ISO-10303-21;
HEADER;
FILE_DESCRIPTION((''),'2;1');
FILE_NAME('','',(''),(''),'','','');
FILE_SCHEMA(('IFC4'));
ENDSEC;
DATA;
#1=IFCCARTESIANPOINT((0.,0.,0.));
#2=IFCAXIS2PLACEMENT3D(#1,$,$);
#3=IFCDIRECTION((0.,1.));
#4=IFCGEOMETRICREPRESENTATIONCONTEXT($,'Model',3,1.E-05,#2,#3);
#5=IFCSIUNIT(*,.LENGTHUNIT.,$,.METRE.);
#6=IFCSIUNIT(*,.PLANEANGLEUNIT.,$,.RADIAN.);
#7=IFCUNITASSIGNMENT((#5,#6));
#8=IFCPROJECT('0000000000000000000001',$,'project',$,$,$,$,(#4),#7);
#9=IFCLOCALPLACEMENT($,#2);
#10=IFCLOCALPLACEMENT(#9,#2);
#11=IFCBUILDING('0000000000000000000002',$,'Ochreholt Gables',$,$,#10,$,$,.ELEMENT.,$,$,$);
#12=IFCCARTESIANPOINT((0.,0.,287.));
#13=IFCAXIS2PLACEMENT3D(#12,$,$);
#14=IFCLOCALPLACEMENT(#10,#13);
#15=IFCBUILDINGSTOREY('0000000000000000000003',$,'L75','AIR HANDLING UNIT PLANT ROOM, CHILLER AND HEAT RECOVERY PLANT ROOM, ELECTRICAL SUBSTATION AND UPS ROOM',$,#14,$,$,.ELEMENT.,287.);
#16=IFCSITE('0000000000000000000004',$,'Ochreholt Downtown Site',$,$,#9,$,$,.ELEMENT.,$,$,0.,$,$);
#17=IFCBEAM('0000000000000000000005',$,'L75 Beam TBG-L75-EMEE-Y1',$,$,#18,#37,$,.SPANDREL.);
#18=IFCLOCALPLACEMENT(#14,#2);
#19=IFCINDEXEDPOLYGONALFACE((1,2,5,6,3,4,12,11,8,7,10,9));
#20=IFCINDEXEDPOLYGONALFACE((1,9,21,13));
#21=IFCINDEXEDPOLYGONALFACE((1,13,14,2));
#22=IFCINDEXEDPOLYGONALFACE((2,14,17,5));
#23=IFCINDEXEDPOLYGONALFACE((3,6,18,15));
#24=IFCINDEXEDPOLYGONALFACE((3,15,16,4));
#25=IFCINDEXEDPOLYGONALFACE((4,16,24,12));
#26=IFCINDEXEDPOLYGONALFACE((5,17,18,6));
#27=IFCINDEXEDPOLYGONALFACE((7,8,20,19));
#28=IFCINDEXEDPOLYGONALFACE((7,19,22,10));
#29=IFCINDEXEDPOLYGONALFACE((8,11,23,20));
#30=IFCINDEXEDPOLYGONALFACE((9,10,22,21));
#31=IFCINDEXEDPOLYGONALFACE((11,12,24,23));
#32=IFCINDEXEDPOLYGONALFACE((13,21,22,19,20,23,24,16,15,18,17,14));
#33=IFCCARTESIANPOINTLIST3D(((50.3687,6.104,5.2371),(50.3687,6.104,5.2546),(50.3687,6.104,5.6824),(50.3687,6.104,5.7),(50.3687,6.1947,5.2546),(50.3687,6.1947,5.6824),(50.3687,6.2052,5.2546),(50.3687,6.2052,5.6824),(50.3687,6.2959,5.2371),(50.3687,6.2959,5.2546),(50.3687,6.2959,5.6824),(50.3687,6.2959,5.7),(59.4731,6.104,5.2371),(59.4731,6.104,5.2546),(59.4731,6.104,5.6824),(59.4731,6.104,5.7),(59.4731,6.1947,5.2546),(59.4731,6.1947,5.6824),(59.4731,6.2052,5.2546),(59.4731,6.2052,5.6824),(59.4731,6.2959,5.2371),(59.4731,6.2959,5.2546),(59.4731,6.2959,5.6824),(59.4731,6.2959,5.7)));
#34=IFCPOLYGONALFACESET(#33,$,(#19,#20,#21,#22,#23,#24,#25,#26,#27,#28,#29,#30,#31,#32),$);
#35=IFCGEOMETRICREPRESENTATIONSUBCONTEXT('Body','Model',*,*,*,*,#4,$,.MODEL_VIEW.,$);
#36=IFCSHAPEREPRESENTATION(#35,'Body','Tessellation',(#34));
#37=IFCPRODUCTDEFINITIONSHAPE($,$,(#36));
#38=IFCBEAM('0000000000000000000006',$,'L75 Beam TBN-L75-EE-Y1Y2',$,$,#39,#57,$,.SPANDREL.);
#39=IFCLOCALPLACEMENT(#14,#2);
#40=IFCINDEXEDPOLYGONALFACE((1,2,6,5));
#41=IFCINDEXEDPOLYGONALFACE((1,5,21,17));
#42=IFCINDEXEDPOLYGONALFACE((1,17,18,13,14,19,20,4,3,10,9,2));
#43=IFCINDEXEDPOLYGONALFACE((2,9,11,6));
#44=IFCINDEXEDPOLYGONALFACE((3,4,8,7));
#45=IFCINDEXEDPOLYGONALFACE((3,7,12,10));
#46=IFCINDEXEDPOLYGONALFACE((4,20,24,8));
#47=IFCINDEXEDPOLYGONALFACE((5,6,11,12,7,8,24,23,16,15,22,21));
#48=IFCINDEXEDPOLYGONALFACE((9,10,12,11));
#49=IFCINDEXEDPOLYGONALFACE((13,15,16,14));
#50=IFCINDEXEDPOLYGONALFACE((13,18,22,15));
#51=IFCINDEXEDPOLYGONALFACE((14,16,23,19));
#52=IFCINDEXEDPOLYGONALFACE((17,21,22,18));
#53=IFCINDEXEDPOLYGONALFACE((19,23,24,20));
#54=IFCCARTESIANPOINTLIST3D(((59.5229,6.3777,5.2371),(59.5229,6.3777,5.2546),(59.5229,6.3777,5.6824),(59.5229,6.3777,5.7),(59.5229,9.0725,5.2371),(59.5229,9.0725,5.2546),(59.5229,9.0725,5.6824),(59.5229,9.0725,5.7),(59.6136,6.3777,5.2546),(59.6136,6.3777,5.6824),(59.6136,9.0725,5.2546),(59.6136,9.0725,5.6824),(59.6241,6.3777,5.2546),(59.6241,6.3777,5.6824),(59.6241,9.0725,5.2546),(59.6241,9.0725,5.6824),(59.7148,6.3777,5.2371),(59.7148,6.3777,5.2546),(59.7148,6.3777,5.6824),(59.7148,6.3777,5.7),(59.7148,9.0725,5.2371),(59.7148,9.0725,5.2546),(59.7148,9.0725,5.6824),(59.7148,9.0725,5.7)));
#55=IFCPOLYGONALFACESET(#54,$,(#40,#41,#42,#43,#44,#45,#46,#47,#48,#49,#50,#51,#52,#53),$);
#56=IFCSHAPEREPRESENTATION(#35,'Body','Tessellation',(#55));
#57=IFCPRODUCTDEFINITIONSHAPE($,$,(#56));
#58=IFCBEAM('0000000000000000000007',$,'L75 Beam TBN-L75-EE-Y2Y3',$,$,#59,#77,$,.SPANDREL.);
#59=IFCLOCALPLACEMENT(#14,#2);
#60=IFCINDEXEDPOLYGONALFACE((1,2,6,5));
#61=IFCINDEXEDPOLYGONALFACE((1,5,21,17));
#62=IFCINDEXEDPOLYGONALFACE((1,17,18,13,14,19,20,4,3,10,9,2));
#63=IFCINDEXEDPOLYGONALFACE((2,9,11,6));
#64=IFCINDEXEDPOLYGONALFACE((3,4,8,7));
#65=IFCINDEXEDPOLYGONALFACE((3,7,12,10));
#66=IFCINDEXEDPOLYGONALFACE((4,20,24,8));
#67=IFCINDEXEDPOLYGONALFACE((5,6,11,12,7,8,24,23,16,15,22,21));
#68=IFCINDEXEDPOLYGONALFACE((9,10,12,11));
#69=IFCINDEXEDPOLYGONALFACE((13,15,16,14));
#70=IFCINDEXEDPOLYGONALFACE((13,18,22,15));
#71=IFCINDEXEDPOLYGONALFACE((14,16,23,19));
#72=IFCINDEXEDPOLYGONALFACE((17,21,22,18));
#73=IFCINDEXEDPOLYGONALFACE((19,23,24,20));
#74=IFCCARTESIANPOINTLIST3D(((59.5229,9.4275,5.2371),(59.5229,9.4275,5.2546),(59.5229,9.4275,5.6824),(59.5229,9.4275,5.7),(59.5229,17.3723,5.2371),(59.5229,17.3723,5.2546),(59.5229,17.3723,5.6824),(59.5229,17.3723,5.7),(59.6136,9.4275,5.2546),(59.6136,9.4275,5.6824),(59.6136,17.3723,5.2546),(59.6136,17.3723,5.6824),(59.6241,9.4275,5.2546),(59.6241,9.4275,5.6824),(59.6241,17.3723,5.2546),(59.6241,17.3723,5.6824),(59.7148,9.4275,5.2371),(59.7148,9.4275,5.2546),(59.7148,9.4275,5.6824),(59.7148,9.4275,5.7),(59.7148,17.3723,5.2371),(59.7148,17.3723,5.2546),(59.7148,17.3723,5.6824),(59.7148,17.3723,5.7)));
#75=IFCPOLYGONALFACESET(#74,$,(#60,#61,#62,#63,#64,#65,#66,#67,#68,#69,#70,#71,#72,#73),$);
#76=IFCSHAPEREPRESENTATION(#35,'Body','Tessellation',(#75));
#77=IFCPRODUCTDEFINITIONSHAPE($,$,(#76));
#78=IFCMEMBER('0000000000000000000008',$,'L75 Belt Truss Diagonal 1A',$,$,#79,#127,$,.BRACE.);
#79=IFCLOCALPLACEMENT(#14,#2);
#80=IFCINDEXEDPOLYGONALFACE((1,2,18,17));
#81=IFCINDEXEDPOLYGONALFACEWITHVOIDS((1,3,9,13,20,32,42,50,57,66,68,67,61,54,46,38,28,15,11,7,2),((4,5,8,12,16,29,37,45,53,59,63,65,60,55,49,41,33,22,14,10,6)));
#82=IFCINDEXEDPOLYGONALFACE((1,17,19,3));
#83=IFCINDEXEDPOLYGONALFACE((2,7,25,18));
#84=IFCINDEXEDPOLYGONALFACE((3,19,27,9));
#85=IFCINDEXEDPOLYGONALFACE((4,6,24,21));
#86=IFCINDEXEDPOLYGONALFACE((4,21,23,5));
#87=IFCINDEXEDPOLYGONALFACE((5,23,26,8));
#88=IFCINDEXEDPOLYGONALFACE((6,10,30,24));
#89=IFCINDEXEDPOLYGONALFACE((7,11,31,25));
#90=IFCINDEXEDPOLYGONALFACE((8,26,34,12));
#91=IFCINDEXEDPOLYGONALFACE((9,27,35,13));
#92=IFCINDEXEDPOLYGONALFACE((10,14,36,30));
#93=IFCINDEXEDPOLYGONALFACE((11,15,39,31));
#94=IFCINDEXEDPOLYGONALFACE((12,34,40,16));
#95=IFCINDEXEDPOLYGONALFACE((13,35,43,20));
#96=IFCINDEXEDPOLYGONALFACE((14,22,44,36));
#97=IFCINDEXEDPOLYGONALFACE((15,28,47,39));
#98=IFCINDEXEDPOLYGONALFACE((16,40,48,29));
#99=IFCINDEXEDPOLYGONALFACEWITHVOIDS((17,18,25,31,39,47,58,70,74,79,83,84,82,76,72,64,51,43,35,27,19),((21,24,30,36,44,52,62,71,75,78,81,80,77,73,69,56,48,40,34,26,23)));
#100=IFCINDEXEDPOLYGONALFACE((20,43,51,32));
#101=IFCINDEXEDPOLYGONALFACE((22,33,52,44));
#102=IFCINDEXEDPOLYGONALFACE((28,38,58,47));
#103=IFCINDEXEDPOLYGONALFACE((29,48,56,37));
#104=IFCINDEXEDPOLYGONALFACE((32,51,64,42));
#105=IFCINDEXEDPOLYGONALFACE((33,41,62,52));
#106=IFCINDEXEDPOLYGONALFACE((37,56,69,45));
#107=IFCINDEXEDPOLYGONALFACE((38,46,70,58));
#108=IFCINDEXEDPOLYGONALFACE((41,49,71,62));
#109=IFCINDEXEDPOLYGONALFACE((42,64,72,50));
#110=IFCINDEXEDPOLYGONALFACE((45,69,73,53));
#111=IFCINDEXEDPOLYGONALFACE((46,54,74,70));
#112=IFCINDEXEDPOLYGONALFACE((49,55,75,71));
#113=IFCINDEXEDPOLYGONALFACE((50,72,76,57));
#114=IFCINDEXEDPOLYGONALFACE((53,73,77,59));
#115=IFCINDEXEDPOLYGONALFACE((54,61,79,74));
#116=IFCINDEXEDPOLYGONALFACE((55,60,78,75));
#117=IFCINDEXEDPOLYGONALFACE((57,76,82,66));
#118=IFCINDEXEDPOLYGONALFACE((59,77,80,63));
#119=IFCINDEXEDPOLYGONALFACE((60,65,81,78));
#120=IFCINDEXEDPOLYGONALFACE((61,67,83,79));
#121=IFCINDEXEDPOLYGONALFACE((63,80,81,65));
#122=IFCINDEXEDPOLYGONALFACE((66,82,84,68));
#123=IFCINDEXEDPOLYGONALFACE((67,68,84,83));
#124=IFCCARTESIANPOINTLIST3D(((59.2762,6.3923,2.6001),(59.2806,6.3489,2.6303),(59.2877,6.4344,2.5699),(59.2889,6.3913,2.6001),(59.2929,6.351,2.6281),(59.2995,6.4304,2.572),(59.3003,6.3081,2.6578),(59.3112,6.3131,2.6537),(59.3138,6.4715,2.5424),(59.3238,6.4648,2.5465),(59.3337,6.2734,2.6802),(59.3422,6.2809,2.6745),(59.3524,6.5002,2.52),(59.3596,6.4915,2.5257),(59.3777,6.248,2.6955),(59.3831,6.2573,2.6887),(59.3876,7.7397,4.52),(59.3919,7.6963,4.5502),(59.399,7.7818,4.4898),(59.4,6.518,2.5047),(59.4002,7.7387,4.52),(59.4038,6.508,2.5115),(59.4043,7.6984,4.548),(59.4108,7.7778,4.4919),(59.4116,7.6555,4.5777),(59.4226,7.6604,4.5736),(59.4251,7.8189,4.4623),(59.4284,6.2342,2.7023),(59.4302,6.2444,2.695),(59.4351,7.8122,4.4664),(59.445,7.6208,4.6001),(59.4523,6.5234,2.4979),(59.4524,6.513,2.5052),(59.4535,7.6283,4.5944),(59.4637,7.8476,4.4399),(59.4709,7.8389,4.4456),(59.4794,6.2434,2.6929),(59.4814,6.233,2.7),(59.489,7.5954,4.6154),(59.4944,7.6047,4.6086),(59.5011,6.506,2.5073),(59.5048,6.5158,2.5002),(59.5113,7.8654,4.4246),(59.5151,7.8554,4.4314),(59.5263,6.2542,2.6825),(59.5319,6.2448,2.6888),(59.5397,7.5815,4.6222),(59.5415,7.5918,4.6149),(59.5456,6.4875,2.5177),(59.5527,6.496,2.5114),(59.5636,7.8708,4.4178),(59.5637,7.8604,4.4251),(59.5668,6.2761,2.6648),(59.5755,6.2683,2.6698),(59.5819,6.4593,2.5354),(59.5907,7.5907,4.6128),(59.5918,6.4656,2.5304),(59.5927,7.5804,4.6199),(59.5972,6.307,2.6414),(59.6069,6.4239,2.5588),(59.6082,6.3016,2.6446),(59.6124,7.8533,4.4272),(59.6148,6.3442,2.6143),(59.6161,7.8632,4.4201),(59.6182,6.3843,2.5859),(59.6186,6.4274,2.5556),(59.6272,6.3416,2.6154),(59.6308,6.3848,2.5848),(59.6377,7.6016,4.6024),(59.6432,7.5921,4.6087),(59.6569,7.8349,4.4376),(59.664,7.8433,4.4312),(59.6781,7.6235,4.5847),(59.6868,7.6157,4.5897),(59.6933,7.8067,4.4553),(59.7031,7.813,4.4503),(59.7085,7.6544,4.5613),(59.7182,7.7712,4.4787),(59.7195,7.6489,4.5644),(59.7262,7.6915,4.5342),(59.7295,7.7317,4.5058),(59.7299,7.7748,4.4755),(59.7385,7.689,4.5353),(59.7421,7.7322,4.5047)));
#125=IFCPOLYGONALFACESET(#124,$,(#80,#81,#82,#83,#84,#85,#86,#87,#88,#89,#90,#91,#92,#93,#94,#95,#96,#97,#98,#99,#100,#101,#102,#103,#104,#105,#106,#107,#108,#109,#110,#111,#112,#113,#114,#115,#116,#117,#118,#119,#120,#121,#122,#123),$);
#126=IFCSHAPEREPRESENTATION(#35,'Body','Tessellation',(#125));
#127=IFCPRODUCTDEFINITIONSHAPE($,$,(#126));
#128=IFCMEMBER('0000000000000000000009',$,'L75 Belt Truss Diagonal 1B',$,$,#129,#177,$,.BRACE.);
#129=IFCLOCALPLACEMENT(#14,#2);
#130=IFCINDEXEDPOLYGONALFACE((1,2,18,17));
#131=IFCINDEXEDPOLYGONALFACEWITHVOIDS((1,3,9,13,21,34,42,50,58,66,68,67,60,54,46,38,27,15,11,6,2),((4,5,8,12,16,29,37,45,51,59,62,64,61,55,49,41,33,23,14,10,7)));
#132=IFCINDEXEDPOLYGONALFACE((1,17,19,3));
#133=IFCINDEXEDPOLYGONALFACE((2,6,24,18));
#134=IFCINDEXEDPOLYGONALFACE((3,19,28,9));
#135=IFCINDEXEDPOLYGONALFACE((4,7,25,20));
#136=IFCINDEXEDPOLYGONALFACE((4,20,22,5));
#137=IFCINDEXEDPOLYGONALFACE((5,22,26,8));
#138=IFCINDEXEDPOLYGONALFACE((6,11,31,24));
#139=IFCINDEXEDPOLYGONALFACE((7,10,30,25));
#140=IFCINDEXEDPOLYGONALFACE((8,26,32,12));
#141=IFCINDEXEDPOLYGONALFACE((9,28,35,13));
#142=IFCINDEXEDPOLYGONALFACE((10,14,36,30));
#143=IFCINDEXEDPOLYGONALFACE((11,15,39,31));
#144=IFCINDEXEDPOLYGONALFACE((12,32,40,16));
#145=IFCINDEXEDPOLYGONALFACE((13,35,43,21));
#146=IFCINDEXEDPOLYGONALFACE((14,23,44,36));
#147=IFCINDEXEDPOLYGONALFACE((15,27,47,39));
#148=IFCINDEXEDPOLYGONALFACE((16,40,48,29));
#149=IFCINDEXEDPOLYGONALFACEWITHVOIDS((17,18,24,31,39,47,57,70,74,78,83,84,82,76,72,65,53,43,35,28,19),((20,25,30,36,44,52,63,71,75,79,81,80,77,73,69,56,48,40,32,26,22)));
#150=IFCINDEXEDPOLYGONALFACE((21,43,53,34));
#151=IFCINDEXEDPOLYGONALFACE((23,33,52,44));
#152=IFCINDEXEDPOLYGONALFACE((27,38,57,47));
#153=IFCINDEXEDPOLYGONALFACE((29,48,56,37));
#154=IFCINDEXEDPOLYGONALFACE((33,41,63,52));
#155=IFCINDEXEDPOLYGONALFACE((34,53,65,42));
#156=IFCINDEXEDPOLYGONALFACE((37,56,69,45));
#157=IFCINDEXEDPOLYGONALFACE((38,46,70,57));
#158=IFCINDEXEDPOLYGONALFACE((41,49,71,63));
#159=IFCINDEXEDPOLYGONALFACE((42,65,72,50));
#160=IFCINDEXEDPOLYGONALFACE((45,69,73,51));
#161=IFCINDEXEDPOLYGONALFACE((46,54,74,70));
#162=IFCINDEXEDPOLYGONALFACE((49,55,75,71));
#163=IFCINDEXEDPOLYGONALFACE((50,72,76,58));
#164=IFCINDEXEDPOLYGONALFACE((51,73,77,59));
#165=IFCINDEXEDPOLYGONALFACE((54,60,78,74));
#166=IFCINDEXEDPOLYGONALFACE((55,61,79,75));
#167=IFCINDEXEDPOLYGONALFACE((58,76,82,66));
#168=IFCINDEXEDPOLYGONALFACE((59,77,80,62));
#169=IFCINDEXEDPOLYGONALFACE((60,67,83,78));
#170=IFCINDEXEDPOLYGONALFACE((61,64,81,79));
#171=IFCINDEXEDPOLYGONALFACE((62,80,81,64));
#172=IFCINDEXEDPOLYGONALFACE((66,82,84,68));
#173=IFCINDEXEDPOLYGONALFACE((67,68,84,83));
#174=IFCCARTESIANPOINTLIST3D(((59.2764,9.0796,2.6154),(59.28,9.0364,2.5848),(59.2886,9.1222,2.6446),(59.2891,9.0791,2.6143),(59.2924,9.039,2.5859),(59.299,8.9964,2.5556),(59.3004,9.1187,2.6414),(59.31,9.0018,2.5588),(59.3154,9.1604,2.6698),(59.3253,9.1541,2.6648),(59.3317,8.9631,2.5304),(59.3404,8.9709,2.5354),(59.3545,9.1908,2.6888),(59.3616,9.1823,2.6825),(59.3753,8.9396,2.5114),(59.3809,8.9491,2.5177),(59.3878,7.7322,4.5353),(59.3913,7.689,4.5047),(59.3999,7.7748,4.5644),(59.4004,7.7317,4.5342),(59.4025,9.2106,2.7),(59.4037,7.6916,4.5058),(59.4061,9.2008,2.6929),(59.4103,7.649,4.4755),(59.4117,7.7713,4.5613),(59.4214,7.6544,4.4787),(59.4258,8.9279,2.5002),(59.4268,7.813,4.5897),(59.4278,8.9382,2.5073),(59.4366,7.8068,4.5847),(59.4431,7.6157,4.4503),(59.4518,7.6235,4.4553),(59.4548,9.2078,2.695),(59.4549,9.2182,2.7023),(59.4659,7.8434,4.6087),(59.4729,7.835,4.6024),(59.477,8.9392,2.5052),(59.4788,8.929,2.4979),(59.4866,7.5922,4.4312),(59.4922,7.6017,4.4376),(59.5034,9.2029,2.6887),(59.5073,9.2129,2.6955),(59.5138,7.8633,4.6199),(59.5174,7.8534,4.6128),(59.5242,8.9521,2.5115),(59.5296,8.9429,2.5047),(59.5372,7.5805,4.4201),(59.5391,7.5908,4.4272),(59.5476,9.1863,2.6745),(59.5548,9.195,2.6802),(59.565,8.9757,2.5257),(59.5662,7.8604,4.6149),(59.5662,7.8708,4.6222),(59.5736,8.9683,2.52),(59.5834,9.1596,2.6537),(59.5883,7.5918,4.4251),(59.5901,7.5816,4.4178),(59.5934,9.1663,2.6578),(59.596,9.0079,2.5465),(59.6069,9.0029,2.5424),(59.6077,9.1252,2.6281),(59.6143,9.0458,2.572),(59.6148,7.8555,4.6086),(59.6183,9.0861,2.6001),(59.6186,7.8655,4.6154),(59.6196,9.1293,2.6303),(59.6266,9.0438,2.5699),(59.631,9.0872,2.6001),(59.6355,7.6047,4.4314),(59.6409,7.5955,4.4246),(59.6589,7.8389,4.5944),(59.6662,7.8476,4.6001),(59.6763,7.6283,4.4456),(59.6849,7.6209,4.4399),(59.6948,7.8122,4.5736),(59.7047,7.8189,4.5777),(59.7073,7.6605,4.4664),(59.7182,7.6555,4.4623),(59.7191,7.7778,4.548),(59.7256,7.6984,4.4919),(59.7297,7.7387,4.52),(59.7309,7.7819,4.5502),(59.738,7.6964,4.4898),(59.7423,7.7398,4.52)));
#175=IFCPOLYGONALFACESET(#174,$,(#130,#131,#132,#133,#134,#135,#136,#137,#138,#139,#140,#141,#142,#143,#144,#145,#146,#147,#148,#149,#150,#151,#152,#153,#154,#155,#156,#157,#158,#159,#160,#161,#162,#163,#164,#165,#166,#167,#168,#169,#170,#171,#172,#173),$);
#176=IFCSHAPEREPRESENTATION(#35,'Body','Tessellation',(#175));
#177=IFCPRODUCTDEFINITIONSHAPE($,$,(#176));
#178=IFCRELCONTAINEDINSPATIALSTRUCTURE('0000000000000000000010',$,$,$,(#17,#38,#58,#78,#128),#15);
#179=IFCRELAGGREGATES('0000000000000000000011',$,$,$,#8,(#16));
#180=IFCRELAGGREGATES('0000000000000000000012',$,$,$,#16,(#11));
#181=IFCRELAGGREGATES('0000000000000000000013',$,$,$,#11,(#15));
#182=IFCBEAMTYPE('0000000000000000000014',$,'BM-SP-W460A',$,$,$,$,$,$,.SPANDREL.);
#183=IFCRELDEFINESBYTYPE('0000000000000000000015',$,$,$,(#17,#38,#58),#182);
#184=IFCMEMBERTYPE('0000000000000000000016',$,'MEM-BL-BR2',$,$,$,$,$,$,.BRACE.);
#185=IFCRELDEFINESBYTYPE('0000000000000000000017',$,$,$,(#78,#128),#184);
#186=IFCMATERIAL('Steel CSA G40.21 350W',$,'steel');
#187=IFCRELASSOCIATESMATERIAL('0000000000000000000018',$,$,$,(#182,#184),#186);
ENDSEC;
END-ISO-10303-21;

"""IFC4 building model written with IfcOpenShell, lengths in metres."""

from ifc_helpers import new_model, si_unit, direction, frame, origin, origin_2d, place, context, subcontext, project, spatial, hollow_circle, i_section, extrude, material, material_profile, profile_set, type_object, element, save


model = new_model("IFC4")

# Units and contexts
model_context = context("Model", 3, precision=1e-05, world=origin(), true_north=direction((0.0, 1.0)))
body_context = subcontext(model_context, "Body", "Model", "MODEL_VIEW")
ifc_project = project(units=[si_unit("LENGTHUNIT", "METRE"), si_unit("PLANEANGLEUNIT", "RADIAN")], contexts=[model_context])

# Site, building, storey
site_placement = place(None, origin())
site = spatial("IfcSite", under=ifc_project, at=site_placement, Name="Ochreholt Downtown Site", CompositionType="ELEMENT", RefElevation=0.0)
building_placement = place(site_placement, origin())
building = spatial("IfcBuilding", under=site, at=building_placement, Name="Ochreholt Gables", CompositionType="ELEMENT")
storey_placement = place(building_placement, frame((0.0, 0.0, 287.0)))
storey = spatial("IfcBuildingStorey", under=building, at=storey_placement, Name="L75", Description="AIR HANDLING UNIT PLANT ROOM, CHILLER AND HEAT RECOVERY PLANT ROOM, ELECTRICAL SUBSTATION AND UPS ROOM", CompositionType="ELEMENT", Elevation=287.0)

# Shared definitions
ifc_material_1 = material(Name="Steel CSA G40.21 350W", Category="steel")

# Beams
ifc_material_profile_1 = material_profile(ifc_material_1, i_section(OverallWidth=0.1919, OverallDepth=0.4629, WebThickness=0.0105, FlangeThickness=0.0176, at=origin_2d()), Name="W460X89")
ifc_profile_set_1 = profile_set([ifc_material_profile_1], Name="Steel CSA G40.21 350W")
beam_type_1 = type_object("IfcBeamType", Name="BM-SP-W460A", PredefinedType="SPANDREL", material=ifc_profile_set_1)
beam_1_placement = place(storey_placement, frame((50.3687, 6.2, 5.4685), z_axis=(1.0, 0.0, 0.0), x_axis=(0.0, 1.0, 0.0)))
element("IfcBeam", 1, at=beam_1_placement, inside=storey, type_object=beam_type_1, Name="L75 Beam TBG-L75-EMEE-Y1", PredefinedType="SPANDREL", context=body_context, shape_type="SweptSolid", body=[
    extrude(i_section(OverallWidth=0.1919, OverallDepth=0.4629, WebThickness=0.0105, FlangeThickness=0.0176, at=origin_2d()), origin(), (0.0, 0.0, 1.0), 9.1045),
])
beam_2_placement = place(storey_placement, frame((59.6189, 6.3777, 5.4685), z_axis=(0.0, 1.0, 0.0), x_axis=(-1.0, 0.0, 0.0)))
element("IfcBeam", 2, at=beam_2_placement, inside=storey, type_object=beam_type_1, Name="L75 Beam TBN-L75-EE-Y1Y2", PredefinedType="SPANDREL", context=body_context, shape_type="SweptSolid", body=[
    extrude(i_section(OverallWidth=0.1919, OverallDepth=0.4629, WebThickness=0.0105, FlangeThickness=0.0176, at=origin_2d()), origin(), (0.0, 0.0, 1.0), 2.6948),
])
beam_3_placement = place(storey_placement, frame((59.6189, 9.4275, 5.4685), z_axis=(0.0, 1.0, 0.0), x_axis=(-1.0, 0.0, 0.0)))
element("IfcBeam", 3, at=beam_3_placement, inside=storey, type_object=beam_type_1, Name="L75 Beam TBN-L75-EE-Y2Y3", PredefinedType="SPANDREL", context=body_context, shape_type="SweptSolid", body=[
    extrude(i_section(OverallWidth=0.1919, OverallDepth=0.4629, WebThickness=0.0105, FlangeThickness=0.0176, at=origin_2d()), origin(), (0.0, 0.0, 1.0), 7.9448),
])

# Members
ifc_material_profile_2 = material_profile(ifc_material_1, hollow_circle(Radius=0.178, WallThickness=0.0127, at=origin_2d()), Name="CHS356X13")
ifc_profile_set_2 = profile_set([ifc_material_profile_2], Name="Steel CSA G40.21 350W")
member_type_1 = type_object("IfcMemberType", Name="MEM-BL-BR2", PredefinedType="BRACE", material=ifc_profile_set_2)
for number, where, z_axis, x_axis, name in (
    (4, (59.4536, 6.3777, 2.6001), (0.04741, 0.573808, 0.817617), (-0.996604, 0.082343, 0.0), "L75 Belt Truss Diagonal 1A"),
    (5, (59.4536, 9.0725, 2.6001), (0.04741, -0.573808, 0.817617), (0.996604, 0.082343, 0.0), "L75 Belt Truss Diagonal 1B"),
):
    element("IfcMember", number, at=place(storey_placement, frame(where, z_axis=z_axis, x_axis=x_axis)), inside=storey, type_object=member_type_1, Name=name, PredefinedType="BRACE", context=body_context, shape_type="SweptSolid", body=[
        extrude(hollow_circle(Radius=0.178, WallThickness=0.0127, at=origin_2d()), origin(), (0.0, 0.0, 1.0), 2.3481),
    ])

save(model, "model.ifc")
